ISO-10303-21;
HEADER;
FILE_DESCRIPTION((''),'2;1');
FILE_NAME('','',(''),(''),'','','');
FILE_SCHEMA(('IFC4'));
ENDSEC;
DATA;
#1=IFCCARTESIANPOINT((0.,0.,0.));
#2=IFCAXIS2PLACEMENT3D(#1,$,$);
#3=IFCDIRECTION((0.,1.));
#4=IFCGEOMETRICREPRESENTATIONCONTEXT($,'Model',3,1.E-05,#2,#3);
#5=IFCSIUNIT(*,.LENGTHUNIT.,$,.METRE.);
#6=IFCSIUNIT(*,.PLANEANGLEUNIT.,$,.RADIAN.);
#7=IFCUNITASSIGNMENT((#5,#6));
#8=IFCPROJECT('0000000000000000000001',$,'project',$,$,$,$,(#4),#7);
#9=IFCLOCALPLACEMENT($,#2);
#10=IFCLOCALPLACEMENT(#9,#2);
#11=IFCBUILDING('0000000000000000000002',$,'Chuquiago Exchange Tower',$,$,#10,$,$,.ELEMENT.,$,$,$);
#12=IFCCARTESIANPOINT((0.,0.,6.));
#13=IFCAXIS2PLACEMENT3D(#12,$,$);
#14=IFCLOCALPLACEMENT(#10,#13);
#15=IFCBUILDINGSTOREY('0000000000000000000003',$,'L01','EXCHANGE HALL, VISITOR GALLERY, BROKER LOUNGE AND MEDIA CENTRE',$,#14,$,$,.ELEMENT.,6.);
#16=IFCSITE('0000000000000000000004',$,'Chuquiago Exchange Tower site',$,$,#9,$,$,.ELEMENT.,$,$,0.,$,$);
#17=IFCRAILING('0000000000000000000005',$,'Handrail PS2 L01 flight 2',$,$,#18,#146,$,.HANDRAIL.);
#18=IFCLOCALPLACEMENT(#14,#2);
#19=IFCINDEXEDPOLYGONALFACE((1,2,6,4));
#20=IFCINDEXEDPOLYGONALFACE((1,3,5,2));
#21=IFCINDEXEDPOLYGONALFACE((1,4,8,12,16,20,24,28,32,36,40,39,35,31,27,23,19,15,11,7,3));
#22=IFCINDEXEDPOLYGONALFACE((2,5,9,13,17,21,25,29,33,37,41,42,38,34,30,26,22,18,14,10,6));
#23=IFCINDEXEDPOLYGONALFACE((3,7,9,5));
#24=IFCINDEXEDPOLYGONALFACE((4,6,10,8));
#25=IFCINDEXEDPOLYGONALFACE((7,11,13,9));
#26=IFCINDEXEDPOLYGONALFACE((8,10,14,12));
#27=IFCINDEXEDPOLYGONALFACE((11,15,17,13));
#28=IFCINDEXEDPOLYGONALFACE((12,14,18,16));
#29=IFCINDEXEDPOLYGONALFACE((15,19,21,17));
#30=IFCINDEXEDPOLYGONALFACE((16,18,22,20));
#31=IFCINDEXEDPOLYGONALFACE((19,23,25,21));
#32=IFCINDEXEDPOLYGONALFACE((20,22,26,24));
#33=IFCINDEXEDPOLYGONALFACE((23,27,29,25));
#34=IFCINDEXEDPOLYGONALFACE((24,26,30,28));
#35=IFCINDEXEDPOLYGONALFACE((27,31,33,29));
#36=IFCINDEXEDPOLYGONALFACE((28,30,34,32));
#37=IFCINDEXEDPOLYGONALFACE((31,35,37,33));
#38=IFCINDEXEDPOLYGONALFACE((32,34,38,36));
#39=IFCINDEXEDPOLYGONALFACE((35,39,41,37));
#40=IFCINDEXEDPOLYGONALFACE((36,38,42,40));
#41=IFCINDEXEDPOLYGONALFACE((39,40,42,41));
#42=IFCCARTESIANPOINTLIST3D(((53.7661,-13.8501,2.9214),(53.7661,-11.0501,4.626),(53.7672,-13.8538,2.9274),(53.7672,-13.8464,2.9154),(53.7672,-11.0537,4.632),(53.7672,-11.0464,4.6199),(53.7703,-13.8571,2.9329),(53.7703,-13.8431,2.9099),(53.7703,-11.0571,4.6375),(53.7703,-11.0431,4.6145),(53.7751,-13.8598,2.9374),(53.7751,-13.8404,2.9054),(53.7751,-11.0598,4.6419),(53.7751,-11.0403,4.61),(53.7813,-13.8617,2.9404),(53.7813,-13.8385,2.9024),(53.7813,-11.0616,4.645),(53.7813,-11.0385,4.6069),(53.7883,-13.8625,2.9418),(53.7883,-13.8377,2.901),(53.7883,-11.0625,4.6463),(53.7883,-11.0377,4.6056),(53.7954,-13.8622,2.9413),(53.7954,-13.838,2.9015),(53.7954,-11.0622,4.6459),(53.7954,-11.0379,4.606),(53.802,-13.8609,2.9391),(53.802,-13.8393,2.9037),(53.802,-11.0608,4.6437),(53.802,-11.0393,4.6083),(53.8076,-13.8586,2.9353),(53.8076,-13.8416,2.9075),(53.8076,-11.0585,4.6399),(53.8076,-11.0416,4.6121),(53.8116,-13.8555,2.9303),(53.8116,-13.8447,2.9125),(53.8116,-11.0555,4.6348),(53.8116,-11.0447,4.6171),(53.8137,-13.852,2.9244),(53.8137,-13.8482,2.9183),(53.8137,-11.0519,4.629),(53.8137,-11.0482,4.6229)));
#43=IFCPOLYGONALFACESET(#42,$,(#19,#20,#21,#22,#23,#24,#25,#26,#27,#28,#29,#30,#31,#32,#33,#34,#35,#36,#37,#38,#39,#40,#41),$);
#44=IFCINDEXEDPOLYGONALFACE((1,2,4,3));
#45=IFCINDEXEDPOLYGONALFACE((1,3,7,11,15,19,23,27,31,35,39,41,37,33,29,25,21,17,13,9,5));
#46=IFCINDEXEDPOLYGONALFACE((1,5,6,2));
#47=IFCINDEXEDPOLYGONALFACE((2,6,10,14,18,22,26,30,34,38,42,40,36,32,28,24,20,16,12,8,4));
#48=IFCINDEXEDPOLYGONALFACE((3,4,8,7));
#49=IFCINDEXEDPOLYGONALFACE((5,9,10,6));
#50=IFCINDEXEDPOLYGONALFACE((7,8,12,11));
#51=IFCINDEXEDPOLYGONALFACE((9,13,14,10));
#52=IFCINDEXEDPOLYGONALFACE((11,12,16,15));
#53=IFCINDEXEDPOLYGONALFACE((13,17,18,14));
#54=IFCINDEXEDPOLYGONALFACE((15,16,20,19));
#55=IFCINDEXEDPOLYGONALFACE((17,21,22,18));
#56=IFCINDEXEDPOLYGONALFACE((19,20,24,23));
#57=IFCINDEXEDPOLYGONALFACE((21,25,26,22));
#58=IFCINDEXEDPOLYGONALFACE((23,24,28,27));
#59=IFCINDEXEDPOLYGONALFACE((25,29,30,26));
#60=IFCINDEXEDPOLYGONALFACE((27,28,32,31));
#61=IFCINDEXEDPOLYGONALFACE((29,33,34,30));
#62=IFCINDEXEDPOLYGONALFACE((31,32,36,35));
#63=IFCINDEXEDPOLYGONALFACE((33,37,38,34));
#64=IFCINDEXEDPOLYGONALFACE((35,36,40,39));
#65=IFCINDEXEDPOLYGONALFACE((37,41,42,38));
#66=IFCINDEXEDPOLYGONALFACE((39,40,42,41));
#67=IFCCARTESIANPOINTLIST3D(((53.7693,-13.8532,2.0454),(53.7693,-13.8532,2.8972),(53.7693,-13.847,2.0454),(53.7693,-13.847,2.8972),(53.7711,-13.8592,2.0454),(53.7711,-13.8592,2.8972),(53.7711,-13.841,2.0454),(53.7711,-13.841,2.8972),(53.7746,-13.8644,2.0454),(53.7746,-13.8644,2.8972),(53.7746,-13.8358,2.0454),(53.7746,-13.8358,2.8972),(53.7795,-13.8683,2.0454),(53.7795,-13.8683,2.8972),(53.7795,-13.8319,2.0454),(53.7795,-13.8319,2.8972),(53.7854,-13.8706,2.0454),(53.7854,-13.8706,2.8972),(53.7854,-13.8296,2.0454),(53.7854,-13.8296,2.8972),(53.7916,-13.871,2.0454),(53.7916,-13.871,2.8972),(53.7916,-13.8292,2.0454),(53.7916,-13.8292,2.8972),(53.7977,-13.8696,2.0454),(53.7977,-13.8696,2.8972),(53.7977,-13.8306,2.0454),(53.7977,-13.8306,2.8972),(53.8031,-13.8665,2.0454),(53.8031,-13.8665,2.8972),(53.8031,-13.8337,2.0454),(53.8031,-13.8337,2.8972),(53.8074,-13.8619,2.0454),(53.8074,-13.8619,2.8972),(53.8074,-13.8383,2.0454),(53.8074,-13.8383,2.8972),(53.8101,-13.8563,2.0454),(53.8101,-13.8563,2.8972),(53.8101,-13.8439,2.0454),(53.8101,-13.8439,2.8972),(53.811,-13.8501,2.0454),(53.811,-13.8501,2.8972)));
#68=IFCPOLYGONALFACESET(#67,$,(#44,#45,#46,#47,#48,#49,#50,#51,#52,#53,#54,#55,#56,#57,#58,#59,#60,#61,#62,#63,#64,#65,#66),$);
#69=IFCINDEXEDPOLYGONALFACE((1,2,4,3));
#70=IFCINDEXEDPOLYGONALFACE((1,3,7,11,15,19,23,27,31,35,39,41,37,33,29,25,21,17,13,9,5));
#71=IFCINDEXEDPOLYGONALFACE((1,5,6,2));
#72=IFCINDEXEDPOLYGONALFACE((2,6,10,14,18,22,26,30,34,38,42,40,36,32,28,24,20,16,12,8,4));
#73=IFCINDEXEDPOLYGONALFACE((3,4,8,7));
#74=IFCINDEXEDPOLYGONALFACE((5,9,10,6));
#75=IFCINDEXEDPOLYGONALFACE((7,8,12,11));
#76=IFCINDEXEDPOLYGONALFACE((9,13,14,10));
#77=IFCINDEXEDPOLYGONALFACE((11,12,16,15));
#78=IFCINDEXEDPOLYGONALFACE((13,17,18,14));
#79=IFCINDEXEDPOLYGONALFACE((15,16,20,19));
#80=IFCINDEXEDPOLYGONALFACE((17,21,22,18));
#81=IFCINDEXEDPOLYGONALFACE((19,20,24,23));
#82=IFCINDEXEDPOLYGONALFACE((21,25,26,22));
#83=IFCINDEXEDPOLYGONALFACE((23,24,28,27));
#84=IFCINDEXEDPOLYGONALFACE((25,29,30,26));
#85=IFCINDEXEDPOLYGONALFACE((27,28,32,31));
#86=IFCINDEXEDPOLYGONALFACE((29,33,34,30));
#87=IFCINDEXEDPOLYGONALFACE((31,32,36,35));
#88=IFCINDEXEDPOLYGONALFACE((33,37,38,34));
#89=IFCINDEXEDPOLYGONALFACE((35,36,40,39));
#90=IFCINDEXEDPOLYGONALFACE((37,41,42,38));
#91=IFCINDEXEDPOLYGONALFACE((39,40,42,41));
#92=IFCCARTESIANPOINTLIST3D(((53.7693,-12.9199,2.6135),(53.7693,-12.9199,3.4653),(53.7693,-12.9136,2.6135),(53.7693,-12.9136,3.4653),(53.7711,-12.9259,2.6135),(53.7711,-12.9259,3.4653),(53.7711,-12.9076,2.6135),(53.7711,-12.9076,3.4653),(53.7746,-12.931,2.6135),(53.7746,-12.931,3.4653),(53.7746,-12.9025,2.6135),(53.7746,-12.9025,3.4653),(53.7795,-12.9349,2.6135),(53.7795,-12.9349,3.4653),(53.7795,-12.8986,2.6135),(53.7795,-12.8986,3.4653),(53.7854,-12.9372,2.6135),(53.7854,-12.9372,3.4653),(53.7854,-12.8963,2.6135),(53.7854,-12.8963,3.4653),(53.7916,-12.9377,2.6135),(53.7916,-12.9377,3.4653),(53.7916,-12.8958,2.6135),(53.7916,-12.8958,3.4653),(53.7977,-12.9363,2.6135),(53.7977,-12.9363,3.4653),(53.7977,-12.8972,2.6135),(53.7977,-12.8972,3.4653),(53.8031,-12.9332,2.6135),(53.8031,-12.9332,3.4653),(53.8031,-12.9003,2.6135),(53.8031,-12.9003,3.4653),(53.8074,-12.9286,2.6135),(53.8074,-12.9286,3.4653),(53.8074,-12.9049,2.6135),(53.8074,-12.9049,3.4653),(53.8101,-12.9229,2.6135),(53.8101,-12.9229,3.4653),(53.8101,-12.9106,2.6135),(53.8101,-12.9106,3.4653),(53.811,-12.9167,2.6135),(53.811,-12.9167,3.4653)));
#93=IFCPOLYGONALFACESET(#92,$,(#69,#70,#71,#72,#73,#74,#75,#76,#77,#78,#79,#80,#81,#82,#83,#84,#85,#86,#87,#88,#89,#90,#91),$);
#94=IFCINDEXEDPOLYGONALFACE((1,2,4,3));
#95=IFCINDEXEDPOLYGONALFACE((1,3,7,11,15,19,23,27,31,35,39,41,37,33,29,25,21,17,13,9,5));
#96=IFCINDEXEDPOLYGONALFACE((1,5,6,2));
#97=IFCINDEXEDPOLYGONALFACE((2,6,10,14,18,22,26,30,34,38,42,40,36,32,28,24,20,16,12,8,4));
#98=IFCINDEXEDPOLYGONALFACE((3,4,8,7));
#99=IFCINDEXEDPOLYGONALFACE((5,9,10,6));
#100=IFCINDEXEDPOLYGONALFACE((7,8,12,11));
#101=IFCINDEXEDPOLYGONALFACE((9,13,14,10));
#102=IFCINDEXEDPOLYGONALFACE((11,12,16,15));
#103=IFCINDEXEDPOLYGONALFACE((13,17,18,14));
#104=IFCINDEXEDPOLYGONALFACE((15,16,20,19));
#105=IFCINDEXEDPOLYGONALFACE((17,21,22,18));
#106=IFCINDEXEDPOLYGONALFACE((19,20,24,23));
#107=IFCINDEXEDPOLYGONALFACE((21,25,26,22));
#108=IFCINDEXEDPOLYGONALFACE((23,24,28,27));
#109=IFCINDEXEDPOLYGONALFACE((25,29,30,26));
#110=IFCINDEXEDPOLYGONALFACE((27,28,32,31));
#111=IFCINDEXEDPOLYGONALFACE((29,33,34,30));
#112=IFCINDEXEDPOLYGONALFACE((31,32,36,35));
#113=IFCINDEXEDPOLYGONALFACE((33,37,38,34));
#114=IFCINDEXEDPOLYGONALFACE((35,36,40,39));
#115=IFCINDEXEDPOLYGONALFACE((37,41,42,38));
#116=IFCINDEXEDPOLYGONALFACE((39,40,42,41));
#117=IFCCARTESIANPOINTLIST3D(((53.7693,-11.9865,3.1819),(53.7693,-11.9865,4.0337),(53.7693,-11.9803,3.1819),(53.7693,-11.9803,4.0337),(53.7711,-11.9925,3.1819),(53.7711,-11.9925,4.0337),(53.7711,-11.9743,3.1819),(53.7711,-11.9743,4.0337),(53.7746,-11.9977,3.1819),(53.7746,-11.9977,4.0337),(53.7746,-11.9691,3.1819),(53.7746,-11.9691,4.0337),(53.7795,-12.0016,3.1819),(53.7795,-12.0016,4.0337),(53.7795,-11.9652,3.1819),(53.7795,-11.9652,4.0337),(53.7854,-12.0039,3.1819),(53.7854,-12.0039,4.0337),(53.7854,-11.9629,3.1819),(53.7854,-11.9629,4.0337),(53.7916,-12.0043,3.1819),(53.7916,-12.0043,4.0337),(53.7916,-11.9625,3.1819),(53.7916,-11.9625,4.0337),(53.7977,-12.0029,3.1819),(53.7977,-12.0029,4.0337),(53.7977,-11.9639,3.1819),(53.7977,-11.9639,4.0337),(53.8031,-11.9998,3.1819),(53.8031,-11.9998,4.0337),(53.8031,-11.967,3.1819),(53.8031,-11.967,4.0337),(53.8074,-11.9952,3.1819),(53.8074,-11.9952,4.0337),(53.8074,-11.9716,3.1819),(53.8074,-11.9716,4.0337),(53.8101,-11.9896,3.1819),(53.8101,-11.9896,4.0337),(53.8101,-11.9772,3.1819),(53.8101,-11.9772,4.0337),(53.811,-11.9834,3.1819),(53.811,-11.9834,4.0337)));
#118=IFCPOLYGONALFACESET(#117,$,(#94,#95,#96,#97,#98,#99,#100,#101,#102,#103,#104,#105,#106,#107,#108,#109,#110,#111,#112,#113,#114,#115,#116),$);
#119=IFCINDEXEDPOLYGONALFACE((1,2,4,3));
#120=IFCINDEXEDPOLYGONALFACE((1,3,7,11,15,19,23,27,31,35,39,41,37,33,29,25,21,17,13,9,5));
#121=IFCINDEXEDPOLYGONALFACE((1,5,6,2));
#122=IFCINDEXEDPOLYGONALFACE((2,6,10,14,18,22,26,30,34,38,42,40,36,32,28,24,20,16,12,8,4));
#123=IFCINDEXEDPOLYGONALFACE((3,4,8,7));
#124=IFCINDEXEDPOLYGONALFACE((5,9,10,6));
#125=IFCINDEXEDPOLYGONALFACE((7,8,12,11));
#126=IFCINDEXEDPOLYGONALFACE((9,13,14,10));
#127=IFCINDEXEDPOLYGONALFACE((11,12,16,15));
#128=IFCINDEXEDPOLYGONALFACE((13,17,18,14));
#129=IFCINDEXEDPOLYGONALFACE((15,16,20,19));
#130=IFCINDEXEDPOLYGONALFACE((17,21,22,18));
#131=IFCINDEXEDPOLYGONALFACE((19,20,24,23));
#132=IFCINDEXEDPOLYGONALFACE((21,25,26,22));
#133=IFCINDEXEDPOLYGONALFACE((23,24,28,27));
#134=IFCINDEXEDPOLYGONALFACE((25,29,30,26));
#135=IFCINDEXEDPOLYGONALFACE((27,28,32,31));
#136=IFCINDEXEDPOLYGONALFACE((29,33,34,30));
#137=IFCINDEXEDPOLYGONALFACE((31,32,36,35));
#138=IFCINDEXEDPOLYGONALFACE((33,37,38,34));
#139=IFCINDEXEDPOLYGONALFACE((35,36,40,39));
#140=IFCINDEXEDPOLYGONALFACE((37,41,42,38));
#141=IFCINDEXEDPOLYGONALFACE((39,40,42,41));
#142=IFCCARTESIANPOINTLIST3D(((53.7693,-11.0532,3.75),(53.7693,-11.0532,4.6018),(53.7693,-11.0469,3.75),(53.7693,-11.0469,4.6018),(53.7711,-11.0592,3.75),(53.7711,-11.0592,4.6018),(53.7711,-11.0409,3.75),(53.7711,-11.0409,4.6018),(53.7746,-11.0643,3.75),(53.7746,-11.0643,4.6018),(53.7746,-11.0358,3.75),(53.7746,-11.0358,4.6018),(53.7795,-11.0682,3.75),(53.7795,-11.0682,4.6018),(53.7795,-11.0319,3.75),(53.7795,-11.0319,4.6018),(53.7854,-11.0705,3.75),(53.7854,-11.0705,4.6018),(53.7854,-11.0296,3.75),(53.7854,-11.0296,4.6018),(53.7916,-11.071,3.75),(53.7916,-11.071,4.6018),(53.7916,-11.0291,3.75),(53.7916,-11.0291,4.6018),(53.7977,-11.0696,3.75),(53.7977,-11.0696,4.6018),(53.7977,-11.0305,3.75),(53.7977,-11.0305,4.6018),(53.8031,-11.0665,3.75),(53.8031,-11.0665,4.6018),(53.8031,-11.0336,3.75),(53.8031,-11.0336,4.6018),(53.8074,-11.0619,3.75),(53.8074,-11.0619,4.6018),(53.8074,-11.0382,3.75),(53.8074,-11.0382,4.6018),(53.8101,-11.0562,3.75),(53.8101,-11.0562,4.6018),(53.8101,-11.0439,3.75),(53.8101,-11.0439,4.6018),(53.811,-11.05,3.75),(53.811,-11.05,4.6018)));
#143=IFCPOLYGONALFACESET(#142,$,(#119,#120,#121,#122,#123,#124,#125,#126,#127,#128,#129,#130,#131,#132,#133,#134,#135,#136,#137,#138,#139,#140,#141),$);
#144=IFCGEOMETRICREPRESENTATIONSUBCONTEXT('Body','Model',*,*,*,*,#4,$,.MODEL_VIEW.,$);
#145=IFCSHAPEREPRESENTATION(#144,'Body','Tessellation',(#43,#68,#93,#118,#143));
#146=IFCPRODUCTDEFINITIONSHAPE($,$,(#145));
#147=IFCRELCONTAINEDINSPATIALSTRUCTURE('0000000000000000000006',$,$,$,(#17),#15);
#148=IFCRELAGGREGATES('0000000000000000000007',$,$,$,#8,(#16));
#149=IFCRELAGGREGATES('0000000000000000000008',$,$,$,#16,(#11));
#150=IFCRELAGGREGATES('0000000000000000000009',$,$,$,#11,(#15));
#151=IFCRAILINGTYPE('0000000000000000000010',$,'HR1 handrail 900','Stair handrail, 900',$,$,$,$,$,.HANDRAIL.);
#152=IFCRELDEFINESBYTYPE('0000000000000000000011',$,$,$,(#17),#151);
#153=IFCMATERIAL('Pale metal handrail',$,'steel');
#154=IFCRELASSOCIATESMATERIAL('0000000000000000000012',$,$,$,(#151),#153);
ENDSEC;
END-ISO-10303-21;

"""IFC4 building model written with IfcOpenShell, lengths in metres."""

from ifc_helpers import new_model, si_unit, direction, frame, origin, origin_2d, place, context, subcontext, project, spatial, circle, extrude, material, type_object, element, save


model = new_model("IFC4")

# Units and contexts
model_context = context("Model", 3, precision=1e-05, world=origin(), true_north=direction((0.0, 1.0)))
body_context = subcontext(model_context, "Body", "Model", "MODEL_VIEW")
ifc_project = project(units=[si_unit("LENGTHUNIT", "METRE"), si_unit("PLANEANGLEUNIT", "RADIAN")], contexts=[model_context])

# Site, building, storey
site_placement = place(None, origin())
site = spatial("IfcSite", under=ifc_project, at=site_placement, Name="Chuquiago Exchange Tower site", CompositionType="ELEMENT", RefElevation=0.0)
building_placement = place(site_placement, origin())
building = spatial("IfcBuilding", under=site, at=building_placement, Name="Chuquiago Exchange Tower", CompositionType="ELEMENT")
storey_placement = place(building_placement, frame((0.0, 0.0, 6.0)))
storey = spatial("IfcBuildingStorey", under=building, at=storey_placement, Name="L01", Description="EXCHANGE HALL, VISITOR GALLERY, BROKER LOUNGE AND MEDIA CENTRE", CompositionType="ELEMENT", Elevation=6.0)

# Railing
ifc_material_1 = material(Name="Pale metal handrail", Category="steel")
railing_type = type_object("IfcRailingType", Name="HR1 handrail 900", Description="Stair handrail, 900", PredefinedType="HANDRAIL", material=ifc_material_1)
for number, where, name in (
    (1, (53.79, -13.8501, 2.0454), "Handrail PS2 L01 flight 2"),
):
    element("IfcRailing", number, at=place(storey_placement, frame(where)), inside=storey, type_object=railing_type, Name=name, PredefinedType="HANDRAIL", context=body_context, shape_type="SweptSolid", body=[
        extrude(circle(Radius=0.0239, at=origin_2d()), frame((0.0, 0.0, 0.876), z_axis=(0.0, 0.85417, 0.519994), x_axis=(-1.0, 0.0, 0.0)), (0.0, 0.0, 1.0), 3.2781),
        extrude(circle(Radius=0.021, at=origin_2d()), origin(), (0.0, 0.0, 1.0), 0.8518),
        extrude(circle(Radius=0.021, at=origin_2d()), frame((0.0, 0.9333, 0.5681)), (0.0, 0.0, 1.0), 0.8518),
        extrude(circle(Radius=0.021, at=origin_2d()), frame((0.0, 1.8667, 1.1365)), (0.0, 0.0, 1.0), 0.8518),
        extrude(circle(Radius=0.021, at=origin_2d()), frame((0.0, 2.8, 1.7046)), (0.0, 0.0, 1.0), 0.8518),
    ])

save(model, "model.ifc")
